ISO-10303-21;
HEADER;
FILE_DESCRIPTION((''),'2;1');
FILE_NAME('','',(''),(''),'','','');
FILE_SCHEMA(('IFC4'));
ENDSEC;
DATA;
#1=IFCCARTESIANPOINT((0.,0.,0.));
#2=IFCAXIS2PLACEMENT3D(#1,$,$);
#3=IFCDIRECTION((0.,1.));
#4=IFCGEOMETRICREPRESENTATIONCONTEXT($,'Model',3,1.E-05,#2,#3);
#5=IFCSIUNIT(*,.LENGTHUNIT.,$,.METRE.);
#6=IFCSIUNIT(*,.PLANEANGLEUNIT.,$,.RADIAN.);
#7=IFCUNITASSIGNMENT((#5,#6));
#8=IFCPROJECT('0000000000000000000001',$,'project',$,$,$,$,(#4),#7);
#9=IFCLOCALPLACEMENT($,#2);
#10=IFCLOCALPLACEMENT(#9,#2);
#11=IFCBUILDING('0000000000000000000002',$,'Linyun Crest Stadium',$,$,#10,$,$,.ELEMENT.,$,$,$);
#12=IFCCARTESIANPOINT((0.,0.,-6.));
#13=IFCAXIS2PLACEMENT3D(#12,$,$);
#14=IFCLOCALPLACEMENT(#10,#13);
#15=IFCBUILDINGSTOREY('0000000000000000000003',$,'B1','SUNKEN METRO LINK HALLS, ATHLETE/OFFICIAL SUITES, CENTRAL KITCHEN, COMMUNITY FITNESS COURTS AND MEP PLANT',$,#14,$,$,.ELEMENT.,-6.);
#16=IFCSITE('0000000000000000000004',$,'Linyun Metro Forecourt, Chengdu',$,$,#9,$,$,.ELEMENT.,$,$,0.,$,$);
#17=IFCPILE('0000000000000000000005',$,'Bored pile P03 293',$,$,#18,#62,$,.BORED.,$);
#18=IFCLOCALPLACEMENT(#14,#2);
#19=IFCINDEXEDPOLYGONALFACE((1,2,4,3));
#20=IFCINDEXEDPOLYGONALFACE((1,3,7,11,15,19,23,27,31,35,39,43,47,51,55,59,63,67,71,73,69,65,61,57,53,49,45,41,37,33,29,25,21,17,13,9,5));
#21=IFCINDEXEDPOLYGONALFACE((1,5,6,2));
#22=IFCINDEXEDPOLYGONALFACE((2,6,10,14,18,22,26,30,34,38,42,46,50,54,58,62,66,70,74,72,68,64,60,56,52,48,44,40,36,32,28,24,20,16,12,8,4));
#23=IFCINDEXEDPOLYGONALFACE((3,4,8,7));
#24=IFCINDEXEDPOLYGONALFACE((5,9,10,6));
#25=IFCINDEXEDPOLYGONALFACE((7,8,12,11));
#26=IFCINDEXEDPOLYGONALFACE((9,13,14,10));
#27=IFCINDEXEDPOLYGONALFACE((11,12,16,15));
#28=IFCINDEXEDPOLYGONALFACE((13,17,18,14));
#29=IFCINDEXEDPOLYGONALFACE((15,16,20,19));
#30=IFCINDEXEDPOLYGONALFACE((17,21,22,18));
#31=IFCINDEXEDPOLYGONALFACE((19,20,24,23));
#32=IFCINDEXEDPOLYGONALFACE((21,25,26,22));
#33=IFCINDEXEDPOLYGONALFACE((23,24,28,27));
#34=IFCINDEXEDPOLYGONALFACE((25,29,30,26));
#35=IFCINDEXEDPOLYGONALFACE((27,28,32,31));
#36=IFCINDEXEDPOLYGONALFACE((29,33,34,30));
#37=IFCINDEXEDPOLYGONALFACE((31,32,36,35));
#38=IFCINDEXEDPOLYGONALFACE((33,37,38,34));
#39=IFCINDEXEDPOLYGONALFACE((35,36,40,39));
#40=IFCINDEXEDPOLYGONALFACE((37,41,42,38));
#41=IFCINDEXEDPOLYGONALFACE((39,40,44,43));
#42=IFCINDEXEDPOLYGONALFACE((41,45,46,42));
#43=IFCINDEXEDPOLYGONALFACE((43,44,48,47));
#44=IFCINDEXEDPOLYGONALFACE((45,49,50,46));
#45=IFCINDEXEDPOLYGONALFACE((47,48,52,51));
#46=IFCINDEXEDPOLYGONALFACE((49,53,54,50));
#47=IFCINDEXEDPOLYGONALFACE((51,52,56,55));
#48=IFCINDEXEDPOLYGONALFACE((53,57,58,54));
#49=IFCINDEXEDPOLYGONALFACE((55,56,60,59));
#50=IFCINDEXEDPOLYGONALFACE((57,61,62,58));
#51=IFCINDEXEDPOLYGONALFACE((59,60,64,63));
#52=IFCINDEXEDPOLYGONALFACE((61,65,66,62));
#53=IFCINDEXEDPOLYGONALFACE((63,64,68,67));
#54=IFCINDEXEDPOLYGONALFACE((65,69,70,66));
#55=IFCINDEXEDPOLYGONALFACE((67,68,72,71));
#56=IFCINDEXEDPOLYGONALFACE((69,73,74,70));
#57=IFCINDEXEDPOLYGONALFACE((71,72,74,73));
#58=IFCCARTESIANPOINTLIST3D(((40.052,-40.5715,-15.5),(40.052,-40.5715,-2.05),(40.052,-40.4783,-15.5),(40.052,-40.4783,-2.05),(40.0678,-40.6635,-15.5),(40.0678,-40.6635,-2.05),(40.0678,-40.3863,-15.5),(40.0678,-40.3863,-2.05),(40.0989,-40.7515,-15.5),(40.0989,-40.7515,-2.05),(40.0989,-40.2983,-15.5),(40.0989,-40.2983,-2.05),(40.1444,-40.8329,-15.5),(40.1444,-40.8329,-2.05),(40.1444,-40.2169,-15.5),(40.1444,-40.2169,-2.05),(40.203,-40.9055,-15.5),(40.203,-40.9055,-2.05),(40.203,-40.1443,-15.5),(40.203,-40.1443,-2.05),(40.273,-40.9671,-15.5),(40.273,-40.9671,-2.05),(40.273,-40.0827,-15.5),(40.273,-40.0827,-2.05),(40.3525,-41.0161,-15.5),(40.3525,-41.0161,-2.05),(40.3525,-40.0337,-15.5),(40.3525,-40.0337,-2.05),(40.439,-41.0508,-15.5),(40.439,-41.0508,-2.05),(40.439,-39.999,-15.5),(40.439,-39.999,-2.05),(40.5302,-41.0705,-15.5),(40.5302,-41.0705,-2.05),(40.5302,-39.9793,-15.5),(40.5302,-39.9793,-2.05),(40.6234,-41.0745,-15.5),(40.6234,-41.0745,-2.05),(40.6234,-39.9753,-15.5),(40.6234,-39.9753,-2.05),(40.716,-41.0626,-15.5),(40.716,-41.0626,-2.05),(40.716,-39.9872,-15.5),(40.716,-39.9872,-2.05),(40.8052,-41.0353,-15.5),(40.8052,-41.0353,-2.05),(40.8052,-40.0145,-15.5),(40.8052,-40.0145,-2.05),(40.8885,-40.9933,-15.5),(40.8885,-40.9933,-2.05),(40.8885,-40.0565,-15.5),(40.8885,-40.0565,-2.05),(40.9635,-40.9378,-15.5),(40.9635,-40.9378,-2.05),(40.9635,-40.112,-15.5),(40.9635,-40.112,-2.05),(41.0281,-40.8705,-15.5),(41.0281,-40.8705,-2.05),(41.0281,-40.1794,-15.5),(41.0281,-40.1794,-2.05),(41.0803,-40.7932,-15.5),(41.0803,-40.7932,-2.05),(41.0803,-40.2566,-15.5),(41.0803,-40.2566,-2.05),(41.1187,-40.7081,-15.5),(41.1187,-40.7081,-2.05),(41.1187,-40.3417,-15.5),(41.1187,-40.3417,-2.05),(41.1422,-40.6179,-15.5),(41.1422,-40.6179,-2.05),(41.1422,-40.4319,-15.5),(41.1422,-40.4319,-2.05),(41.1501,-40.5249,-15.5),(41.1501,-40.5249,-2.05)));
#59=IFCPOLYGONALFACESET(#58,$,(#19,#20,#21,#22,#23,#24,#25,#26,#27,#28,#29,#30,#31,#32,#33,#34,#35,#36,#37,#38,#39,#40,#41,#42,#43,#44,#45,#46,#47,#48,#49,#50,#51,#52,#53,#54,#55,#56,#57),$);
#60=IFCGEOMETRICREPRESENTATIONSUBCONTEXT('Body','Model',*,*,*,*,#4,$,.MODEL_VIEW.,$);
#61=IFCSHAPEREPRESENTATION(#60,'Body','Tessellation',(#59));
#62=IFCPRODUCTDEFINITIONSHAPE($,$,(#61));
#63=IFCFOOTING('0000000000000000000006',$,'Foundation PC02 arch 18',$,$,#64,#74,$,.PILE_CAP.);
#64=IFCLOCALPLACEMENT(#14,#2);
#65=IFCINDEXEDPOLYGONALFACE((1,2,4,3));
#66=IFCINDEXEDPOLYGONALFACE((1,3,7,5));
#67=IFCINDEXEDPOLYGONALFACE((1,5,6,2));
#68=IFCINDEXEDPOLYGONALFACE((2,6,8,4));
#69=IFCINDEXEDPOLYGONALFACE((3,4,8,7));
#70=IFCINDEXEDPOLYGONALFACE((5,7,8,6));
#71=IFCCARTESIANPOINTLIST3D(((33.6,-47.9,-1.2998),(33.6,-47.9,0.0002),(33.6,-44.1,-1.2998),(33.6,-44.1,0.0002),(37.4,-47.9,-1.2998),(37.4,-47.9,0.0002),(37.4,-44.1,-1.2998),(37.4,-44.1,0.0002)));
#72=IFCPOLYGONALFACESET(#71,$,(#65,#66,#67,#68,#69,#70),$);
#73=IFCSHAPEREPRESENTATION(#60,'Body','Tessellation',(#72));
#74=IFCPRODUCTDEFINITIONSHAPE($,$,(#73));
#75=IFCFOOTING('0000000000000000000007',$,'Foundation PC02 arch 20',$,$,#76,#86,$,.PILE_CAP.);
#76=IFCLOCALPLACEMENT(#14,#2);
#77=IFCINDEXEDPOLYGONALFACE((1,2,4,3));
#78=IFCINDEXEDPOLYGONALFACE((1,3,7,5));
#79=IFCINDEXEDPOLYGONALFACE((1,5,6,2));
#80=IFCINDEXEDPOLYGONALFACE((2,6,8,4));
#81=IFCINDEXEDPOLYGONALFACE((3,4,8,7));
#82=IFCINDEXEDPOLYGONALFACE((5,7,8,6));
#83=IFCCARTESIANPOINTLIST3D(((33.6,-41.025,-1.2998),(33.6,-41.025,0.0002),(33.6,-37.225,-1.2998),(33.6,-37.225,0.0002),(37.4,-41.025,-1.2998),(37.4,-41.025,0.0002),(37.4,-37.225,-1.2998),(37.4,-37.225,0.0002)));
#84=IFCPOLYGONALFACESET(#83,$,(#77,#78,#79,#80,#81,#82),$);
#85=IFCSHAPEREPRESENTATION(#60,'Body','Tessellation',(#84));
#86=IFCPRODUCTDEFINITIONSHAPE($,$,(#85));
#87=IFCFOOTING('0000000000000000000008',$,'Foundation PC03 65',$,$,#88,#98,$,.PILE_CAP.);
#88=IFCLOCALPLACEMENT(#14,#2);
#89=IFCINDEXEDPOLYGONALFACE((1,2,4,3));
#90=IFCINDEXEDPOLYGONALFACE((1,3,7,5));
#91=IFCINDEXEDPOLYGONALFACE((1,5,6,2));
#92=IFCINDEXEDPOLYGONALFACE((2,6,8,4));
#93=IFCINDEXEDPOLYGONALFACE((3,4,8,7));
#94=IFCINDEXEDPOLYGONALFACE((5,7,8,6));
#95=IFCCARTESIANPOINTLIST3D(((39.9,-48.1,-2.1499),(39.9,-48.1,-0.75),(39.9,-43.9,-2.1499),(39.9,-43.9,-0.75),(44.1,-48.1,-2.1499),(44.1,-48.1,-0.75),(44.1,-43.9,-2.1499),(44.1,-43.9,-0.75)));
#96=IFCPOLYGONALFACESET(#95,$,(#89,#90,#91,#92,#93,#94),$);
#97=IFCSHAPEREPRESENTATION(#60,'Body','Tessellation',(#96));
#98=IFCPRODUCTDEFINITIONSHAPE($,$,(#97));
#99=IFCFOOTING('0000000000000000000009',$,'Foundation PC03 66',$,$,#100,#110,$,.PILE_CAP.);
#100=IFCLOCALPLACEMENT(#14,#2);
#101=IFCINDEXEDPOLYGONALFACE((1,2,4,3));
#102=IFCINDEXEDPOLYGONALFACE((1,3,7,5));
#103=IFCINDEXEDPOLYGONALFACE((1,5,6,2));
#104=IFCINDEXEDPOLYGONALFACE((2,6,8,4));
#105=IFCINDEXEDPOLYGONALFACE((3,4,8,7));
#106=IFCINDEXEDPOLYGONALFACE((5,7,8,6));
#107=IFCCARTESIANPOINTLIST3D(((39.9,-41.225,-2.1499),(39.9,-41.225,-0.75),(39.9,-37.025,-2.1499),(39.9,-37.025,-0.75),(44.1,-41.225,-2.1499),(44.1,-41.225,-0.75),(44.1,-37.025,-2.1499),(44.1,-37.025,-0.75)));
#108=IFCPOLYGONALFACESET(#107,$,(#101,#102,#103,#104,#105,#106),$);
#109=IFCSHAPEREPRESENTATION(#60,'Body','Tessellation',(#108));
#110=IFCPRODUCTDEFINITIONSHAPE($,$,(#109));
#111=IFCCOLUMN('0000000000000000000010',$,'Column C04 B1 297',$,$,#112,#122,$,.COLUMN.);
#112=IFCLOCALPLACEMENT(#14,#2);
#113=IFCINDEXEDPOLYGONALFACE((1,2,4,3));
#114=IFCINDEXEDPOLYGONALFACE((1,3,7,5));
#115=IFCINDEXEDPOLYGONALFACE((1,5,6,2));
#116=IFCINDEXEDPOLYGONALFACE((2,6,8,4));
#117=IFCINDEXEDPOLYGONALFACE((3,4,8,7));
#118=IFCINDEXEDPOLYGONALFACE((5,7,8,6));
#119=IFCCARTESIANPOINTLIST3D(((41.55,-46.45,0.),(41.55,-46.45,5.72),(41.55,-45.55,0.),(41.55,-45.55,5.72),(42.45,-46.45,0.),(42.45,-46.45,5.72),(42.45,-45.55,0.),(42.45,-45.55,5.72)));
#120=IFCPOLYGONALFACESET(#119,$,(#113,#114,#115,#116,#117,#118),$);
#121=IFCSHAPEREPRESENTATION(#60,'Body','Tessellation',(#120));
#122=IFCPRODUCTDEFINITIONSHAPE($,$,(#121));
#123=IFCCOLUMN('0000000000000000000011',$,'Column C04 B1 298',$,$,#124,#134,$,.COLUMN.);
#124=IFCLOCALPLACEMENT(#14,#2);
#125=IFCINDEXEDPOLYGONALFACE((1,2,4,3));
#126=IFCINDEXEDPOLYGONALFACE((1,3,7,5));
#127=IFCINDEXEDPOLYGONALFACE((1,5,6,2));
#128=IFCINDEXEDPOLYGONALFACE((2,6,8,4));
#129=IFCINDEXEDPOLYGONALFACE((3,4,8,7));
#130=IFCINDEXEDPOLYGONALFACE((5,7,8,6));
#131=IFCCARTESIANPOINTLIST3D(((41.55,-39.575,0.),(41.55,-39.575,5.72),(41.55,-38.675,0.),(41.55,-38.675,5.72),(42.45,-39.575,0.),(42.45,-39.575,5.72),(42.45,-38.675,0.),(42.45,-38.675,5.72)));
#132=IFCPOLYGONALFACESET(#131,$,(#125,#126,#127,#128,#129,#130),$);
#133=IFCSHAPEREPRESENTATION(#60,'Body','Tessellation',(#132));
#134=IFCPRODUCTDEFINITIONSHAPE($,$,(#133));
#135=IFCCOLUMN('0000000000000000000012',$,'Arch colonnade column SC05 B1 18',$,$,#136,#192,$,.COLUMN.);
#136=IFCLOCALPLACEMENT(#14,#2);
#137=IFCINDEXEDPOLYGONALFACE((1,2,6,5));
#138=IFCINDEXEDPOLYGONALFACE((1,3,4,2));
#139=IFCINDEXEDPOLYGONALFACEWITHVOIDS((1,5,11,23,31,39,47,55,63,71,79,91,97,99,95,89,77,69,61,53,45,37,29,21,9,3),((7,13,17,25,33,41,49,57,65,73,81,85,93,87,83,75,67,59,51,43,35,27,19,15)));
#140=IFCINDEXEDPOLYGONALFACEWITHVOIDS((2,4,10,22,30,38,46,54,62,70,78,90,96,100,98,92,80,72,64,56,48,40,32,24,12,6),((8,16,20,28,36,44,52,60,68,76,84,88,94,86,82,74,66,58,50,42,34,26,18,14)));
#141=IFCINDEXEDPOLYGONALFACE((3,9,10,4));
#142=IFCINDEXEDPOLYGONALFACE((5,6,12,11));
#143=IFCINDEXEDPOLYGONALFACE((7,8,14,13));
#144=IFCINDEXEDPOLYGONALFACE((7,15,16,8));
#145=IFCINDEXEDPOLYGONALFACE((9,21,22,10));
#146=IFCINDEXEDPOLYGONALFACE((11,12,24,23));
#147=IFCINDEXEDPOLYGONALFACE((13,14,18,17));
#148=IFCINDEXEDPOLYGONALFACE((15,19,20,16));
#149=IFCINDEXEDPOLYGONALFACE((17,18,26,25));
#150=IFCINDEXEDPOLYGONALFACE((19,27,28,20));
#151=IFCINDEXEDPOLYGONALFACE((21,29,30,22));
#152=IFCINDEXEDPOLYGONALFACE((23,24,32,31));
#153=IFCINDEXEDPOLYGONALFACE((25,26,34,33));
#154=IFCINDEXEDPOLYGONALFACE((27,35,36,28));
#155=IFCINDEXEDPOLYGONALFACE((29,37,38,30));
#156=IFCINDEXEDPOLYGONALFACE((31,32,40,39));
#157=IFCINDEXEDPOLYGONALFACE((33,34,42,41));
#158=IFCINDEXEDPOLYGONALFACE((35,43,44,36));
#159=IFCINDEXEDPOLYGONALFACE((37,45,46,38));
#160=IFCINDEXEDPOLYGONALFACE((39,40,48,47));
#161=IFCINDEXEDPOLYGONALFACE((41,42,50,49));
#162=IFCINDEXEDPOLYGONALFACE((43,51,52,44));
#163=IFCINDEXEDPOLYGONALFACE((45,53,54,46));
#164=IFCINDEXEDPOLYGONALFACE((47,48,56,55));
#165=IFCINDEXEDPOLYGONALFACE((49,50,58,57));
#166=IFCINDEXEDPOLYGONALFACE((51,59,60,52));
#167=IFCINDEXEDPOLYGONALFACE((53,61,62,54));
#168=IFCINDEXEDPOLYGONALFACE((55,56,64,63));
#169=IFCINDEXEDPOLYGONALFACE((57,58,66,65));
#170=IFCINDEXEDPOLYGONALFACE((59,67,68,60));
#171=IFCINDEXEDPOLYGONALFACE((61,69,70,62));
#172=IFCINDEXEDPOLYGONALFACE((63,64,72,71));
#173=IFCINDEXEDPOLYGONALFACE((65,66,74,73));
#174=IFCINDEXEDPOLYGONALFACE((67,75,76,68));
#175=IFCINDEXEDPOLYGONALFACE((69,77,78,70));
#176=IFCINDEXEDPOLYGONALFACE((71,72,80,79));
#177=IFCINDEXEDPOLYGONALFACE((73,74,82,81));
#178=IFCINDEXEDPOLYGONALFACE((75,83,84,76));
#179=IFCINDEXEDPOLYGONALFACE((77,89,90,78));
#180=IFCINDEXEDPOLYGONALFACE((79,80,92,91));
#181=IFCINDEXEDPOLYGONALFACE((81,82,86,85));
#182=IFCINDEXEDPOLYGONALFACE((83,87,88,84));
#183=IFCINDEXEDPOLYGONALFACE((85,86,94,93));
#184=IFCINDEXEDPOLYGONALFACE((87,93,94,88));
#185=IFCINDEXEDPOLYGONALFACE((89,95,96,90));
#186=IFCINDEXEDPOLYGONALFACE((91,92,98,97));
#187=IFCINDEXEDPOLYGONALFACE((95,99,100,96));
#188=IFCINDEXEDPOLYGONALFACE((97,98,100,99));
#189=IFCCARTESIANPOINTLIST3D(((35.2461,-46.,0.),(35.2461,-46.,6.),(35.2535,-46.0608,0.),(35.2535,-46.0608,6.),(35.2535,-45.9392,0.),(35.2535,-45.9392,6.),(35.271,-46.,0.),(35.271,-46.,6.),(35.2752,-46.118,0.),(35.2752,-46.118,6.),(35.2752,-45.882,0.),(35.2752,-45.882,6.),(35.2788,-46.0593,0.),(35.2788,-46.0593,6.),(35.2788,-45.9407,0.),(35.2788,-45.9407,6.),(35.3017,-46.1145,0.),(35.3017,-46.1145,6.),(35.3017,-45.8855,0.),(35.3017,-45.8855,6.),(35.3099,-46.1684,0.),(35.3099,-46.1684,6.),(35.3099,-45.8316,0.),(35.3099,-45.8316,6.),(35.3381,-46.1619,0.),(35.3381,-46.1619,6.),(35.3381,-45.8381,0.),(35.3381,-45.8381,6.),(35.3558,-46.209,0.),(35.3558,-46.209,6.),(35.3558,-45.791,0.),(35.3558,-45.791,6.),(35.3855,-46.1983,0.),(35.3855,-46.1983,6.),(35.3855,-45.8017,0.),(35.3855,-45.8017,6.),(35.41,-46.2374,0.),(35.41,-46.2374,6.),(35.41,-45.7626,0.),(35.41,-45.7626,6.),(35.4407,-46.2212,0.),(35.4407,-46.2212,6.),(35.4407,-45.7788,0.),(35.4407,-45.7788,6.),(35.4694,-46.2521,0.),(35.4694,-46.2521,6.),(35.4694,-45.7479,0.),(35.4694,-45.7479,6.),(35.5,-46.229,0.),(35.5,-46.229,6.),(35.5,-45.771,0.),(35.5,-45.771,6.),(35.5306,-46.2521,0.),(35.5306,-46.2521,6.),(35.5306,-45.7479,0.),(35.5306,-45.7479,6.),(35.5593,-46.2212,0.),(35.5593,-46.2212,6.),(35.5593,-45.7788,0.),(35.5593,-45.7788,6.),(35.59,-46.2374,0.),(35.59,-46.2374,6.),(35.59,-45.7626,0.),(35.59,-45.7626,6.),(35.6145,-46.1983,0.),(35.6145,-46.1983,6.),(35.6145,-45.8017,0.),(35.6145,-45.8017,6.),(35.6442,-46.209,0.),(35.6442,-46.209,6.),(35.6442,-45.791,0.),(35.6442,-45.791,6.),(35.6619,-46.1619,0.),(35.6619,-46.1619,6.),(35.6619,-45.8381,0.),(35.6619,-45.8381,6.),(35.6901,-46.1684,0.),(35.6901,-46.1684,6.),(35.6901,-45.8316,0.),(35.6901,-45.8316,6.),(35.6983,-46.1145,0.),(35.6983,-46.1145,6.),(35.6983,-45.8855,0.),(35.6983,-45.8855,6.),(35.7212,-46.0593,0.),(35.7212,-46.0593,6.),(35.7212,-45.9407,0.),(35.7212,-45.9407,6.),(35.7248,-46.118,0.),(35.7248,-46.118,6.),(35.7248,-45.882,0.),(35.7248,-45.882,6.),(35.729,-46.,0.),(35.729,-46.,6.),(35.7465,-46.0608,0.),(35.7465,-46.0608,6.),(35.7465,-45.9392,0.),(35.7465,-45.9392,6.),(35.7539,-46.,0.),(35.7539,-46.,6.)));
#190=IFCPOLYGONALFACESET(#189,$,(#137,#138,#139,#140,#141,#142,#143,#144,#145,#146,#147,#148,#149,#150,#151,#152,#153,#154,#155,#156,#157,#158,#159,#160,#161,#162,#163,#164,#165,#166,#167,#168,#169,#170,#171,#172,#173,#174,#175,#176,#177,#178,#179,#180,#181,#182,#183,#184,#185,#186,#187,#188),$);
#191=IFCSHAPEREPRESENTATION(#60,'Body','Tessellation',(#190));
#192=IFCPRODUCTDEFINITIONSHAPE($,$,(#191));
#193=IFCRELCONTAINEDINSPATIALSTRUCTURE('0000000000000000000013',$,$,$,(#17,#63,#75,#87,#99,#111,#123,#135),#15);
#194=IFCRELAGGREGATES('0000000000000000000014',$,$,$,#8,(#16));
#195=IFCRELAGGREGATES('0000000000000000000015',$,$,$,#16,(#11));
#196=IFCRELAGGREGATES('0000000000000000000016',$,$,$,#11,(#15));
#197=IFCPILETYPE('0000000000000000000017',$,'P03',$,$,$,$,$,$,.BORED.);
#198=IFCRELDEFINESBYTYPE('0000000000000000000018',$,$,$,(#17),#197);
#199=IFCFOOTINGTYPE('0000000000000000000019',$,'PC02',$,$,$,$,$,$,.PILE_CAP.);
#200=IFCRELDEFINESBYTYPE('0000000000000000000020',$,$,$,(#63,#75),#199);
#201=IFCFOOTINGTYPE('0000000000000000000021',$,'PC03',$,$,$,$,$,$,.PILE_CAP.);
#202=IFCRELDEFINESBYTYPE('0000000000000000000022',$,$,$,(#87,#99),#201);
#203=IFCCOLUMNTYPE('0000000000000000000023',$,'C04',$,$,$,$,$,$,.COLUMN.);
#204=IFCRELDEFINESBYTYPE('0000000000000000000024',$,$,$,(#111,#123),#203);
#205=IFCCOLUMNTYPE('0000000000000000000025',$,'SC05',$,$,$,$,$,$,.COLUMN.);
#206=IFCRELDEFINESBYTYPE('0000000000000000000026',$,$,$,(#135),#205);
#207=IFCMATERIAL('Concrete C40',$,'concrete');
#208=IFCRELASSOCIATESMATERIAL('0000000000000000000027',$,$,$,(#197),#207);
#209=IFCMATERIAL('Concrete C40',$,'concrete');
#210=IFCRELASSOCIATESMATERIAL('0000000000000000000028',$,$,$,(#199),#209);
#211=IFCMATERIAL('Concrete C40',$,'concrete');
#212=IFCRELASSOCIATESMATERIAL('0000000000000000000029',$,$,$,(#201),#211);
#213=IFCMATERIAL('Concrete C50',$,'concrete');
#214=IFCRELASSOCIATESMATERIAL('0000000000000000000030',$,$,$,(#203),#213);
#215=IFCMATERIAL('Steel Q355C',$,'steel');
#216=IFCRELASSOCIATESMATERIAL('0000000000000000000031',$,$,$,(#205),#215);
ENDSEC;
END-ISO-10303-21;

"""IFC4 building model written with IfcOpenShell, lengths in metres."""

from ifc_helpers import new_model, si_unit, direction, frame, origin, origin_2d, place, context, subcontext, project, spatial, rectangle, circle, hollow_circle, extrude, material, material_profile, profile_set, type_object, element, save


model = new_model("IFC4")

# Units and contexts
model_context = context("Model", 3, precision=1e-05, world=origin(), true_north=direction((0.0, 1.0)))
body_context = subcontext(model_context, "Body", "Model", "MODEL_VIEW")
ifc_project = project(units=[si_unit("LENGTHUNIT", "METRE"), si_unit("PLANEANGLEUNIT", "RADIAN")], contexts=[model_context])

# Site, building, storey
site_placement = place(None, origin())
site = spatial("IfcSite", under=ifc_project, at=site_placement, Name="Linyun Metro Forecourt, Chengdu", CompositionType="ELEMENT", RefElevation=0.0)
building_placement = place(site_placement, origin())
building = spatial("IfcBuilding", under=site, at=building_placement, Name="Linyun Crest Stadium", CompositionType="ELEMENT")
storey_placement = place(building_placement, frame((0.0, 0.0, -6.0)))
storey = spatial("IfcBuildingStorey", under=building, at=storey_placement, Name="B1", Description="SUNKEN METRO LINK HALLS, ATHLETE/OFFICIAL SUITES, CENTRAL KITCHEN, COMMUNITY FITNESS COURTS AND MEP PLANT", CompositionType="ELEMENT", Elevation=-6.0)

# Pile
ifc_material_1 = material(Name="Concrete C40", Category="concrete")
ifc_material_profile_1 = material_profile(ifc_material_1, circle(Radius=0.55, at=origin_2d()), Name="BORED PILE 1100")
ifc_profile_set_1 = profile_set([ifc_material_profile_1], Name="Concrete C40")
pile_type_1 = type_object("IfcPileType", Name="P03", PredefinedType="BORED", material=ifc_profile_set_1)
for number, where, z_axis, x_axis, name in (
    (1, (40.6001, -40.5249, -2.05), (0.0, 0.0, -1.0), (1.0, 0.0, 0.0), "Bored pile P03 293"),
):
    element("IfcPile", number, at=place(storey_placement, frame(where, z_axis=z_axis, x_axis=x_axis)), inside=storey, type_object=pile_type_1, Name=name, PredefinedType="BORED", context=body_context, shape_type="SweptSolid", body=[
        extrude(circle(Radius=0.55, at=origin_2d()), origin(), (0.0, 0.0, 1.0), 13.45),
    ])

# Footings
ifc_material_2 = material(Name="Concrete C40", Category="concrete")
footing_type_1 = type_object("IfcFootingType", Name="PC02", PredefinedType="PILE_CAP", material=ifc_material_2)
for number, where, z_axis, x_axis, name in (
    (2, (35.5, -46.0, -1.2998), (0.0, 0.0, 1.0), (1.0, 0.0, 0.0), "Foundation PC02 arch 18"),
    (3, (35.5, -39.125, -1.2998), (0.0, 0.0, 1.0), (1.0, 0.0, 0.0), "Foundation PC02 arch 20"),
):
    element("IfcFooting", number, at=place(storey_placement, frame(where, z_axis=z_axis, x_axis=x_axis)), inside=storey, type_object=footing_type_1, Name=name, PredefinedType="PILE_CAP", context=body_context, shape_type="SweptSolid", body=[
        extrude(rectangle(XDim=3.8, YDim=3.8, at=origin_2d()), origin(), (0.0, 0.0, 1.0), 1.3),
    ])
ifc_material_3 = material(Name="Concrete C40", Category="concrete")
footing_type_2 = type_object("IfcFootingType", Name="PC03", PredefinedType="PILE_CAP", material=ifc_material_3)
for number, where, z_axis, x_axis, name in (
    (4, (42.0, -46.0, -2.1499), (0.0, 0.0, 1.0), (1.0, 0.0, 0.0), "Foundation PC03 65"),
    (5, (42.0, -39.125, -2.1499), (0.0, 0.0, 1.0), (1.0, 0.0, 0.0), "Foundation PC03 66"),
):
    element("IfcFooting", number, at=place(storey_placement, frame(where, z_axis=z_axis, x_axis=x_axis)), inside=storey, type_object=footing_type_2, Name=name, PredefinedType="PILE_CAP", context=body_context, shape_type="SweptSolid", body=[
        extrude(rectangle(XDim=4.2, YDim=4.2, at=origin_2d()), origin(), (0.0, 0.0, 1.0), 1.3999),
    ])

# Columns
ifc_material_4 = material(Name="Concrete C50", Category="concrete")
ifc_material_profile_2 = material_profile(ifc_material_4, rectangle(XDim=0.8999, YDim=0.8999, at=origin_2d()), Name="RC 900x900")
ifc_profile_set_2 = profile_set([ifc_material_profile_2], Name="Concrete C50")
column_type_1 = type_object("IfcColumnType", Name="C04", PredefinedType="COLUMN", material=ifc_profile_set_2)
for number, where, z_axis, x_axis, name in (
    (6, (42.0, -46.0, 0.0), (0.0, 0.0, 1.0), (1.0, 0.0, 0.0), "Column C04 B1 297"),
    (7, (42.0, -39.125, 0.0), (0.0, 0.0, 1.0), (1.0, 0.0, 0.0), "Column C04 B1 298"),
):
    element("IfcColumn", number, at=place(storey_placement, frame(where, z_axis=z_axis, x_axis=x_axis)), inside=storey, type_object=column_type_1, Name=name, PredefinedType="COLUMN", context=body_context, shape_type="SweptSolid", body=[
        extrude(rectangle(XDim=0.8999, YDim=0.8999, at=origin_2d()), origin(), (0.0, 0.0, 1.0), 5.72),
    ])
ifc_material_5 = material(Name="Steel Q355C", Category="steel")
ifc_material_profile_3 = material_profile(ifc_material_5, hollow_circle(Radius=0.2539, WallThickness=0.0249, at=origin_2d()), Name="CHS 508x25")
ifc_profile_set_3 = profile_set([ifc_material_profile_3], Name="Steel Q355C")
column_type_2 = type_object("IfcColumnType", Name="SC05", PredefinedType="COLUMN", material=ifc_profile_set_3)
for number, where, z_axis, x_axis, name in (
    (8, (35.5, -46.0, 0.0), (0.0, 0.0, 1.0), (1.0, 0.0, 0.0), "Arch colonnade column SC05 B1 18"),
):
    element("IfcColumn", number, at=place(storey_placement, frame(where, z_axis=z_axis, x_axis=x_axis)), inside=storey, type_object=column_type_2, Name=name, PredefinedType="COLUMN", context=body_context, shape_type="SweptSolid", body=[
        extrude(hollow_circle(Radius=0.2539, WallThickness=0.0249, at=origin_2d()), origin(), (0.0, 0.0, 1.0), 6.0),
    ])

save(model, "model.ifc")
